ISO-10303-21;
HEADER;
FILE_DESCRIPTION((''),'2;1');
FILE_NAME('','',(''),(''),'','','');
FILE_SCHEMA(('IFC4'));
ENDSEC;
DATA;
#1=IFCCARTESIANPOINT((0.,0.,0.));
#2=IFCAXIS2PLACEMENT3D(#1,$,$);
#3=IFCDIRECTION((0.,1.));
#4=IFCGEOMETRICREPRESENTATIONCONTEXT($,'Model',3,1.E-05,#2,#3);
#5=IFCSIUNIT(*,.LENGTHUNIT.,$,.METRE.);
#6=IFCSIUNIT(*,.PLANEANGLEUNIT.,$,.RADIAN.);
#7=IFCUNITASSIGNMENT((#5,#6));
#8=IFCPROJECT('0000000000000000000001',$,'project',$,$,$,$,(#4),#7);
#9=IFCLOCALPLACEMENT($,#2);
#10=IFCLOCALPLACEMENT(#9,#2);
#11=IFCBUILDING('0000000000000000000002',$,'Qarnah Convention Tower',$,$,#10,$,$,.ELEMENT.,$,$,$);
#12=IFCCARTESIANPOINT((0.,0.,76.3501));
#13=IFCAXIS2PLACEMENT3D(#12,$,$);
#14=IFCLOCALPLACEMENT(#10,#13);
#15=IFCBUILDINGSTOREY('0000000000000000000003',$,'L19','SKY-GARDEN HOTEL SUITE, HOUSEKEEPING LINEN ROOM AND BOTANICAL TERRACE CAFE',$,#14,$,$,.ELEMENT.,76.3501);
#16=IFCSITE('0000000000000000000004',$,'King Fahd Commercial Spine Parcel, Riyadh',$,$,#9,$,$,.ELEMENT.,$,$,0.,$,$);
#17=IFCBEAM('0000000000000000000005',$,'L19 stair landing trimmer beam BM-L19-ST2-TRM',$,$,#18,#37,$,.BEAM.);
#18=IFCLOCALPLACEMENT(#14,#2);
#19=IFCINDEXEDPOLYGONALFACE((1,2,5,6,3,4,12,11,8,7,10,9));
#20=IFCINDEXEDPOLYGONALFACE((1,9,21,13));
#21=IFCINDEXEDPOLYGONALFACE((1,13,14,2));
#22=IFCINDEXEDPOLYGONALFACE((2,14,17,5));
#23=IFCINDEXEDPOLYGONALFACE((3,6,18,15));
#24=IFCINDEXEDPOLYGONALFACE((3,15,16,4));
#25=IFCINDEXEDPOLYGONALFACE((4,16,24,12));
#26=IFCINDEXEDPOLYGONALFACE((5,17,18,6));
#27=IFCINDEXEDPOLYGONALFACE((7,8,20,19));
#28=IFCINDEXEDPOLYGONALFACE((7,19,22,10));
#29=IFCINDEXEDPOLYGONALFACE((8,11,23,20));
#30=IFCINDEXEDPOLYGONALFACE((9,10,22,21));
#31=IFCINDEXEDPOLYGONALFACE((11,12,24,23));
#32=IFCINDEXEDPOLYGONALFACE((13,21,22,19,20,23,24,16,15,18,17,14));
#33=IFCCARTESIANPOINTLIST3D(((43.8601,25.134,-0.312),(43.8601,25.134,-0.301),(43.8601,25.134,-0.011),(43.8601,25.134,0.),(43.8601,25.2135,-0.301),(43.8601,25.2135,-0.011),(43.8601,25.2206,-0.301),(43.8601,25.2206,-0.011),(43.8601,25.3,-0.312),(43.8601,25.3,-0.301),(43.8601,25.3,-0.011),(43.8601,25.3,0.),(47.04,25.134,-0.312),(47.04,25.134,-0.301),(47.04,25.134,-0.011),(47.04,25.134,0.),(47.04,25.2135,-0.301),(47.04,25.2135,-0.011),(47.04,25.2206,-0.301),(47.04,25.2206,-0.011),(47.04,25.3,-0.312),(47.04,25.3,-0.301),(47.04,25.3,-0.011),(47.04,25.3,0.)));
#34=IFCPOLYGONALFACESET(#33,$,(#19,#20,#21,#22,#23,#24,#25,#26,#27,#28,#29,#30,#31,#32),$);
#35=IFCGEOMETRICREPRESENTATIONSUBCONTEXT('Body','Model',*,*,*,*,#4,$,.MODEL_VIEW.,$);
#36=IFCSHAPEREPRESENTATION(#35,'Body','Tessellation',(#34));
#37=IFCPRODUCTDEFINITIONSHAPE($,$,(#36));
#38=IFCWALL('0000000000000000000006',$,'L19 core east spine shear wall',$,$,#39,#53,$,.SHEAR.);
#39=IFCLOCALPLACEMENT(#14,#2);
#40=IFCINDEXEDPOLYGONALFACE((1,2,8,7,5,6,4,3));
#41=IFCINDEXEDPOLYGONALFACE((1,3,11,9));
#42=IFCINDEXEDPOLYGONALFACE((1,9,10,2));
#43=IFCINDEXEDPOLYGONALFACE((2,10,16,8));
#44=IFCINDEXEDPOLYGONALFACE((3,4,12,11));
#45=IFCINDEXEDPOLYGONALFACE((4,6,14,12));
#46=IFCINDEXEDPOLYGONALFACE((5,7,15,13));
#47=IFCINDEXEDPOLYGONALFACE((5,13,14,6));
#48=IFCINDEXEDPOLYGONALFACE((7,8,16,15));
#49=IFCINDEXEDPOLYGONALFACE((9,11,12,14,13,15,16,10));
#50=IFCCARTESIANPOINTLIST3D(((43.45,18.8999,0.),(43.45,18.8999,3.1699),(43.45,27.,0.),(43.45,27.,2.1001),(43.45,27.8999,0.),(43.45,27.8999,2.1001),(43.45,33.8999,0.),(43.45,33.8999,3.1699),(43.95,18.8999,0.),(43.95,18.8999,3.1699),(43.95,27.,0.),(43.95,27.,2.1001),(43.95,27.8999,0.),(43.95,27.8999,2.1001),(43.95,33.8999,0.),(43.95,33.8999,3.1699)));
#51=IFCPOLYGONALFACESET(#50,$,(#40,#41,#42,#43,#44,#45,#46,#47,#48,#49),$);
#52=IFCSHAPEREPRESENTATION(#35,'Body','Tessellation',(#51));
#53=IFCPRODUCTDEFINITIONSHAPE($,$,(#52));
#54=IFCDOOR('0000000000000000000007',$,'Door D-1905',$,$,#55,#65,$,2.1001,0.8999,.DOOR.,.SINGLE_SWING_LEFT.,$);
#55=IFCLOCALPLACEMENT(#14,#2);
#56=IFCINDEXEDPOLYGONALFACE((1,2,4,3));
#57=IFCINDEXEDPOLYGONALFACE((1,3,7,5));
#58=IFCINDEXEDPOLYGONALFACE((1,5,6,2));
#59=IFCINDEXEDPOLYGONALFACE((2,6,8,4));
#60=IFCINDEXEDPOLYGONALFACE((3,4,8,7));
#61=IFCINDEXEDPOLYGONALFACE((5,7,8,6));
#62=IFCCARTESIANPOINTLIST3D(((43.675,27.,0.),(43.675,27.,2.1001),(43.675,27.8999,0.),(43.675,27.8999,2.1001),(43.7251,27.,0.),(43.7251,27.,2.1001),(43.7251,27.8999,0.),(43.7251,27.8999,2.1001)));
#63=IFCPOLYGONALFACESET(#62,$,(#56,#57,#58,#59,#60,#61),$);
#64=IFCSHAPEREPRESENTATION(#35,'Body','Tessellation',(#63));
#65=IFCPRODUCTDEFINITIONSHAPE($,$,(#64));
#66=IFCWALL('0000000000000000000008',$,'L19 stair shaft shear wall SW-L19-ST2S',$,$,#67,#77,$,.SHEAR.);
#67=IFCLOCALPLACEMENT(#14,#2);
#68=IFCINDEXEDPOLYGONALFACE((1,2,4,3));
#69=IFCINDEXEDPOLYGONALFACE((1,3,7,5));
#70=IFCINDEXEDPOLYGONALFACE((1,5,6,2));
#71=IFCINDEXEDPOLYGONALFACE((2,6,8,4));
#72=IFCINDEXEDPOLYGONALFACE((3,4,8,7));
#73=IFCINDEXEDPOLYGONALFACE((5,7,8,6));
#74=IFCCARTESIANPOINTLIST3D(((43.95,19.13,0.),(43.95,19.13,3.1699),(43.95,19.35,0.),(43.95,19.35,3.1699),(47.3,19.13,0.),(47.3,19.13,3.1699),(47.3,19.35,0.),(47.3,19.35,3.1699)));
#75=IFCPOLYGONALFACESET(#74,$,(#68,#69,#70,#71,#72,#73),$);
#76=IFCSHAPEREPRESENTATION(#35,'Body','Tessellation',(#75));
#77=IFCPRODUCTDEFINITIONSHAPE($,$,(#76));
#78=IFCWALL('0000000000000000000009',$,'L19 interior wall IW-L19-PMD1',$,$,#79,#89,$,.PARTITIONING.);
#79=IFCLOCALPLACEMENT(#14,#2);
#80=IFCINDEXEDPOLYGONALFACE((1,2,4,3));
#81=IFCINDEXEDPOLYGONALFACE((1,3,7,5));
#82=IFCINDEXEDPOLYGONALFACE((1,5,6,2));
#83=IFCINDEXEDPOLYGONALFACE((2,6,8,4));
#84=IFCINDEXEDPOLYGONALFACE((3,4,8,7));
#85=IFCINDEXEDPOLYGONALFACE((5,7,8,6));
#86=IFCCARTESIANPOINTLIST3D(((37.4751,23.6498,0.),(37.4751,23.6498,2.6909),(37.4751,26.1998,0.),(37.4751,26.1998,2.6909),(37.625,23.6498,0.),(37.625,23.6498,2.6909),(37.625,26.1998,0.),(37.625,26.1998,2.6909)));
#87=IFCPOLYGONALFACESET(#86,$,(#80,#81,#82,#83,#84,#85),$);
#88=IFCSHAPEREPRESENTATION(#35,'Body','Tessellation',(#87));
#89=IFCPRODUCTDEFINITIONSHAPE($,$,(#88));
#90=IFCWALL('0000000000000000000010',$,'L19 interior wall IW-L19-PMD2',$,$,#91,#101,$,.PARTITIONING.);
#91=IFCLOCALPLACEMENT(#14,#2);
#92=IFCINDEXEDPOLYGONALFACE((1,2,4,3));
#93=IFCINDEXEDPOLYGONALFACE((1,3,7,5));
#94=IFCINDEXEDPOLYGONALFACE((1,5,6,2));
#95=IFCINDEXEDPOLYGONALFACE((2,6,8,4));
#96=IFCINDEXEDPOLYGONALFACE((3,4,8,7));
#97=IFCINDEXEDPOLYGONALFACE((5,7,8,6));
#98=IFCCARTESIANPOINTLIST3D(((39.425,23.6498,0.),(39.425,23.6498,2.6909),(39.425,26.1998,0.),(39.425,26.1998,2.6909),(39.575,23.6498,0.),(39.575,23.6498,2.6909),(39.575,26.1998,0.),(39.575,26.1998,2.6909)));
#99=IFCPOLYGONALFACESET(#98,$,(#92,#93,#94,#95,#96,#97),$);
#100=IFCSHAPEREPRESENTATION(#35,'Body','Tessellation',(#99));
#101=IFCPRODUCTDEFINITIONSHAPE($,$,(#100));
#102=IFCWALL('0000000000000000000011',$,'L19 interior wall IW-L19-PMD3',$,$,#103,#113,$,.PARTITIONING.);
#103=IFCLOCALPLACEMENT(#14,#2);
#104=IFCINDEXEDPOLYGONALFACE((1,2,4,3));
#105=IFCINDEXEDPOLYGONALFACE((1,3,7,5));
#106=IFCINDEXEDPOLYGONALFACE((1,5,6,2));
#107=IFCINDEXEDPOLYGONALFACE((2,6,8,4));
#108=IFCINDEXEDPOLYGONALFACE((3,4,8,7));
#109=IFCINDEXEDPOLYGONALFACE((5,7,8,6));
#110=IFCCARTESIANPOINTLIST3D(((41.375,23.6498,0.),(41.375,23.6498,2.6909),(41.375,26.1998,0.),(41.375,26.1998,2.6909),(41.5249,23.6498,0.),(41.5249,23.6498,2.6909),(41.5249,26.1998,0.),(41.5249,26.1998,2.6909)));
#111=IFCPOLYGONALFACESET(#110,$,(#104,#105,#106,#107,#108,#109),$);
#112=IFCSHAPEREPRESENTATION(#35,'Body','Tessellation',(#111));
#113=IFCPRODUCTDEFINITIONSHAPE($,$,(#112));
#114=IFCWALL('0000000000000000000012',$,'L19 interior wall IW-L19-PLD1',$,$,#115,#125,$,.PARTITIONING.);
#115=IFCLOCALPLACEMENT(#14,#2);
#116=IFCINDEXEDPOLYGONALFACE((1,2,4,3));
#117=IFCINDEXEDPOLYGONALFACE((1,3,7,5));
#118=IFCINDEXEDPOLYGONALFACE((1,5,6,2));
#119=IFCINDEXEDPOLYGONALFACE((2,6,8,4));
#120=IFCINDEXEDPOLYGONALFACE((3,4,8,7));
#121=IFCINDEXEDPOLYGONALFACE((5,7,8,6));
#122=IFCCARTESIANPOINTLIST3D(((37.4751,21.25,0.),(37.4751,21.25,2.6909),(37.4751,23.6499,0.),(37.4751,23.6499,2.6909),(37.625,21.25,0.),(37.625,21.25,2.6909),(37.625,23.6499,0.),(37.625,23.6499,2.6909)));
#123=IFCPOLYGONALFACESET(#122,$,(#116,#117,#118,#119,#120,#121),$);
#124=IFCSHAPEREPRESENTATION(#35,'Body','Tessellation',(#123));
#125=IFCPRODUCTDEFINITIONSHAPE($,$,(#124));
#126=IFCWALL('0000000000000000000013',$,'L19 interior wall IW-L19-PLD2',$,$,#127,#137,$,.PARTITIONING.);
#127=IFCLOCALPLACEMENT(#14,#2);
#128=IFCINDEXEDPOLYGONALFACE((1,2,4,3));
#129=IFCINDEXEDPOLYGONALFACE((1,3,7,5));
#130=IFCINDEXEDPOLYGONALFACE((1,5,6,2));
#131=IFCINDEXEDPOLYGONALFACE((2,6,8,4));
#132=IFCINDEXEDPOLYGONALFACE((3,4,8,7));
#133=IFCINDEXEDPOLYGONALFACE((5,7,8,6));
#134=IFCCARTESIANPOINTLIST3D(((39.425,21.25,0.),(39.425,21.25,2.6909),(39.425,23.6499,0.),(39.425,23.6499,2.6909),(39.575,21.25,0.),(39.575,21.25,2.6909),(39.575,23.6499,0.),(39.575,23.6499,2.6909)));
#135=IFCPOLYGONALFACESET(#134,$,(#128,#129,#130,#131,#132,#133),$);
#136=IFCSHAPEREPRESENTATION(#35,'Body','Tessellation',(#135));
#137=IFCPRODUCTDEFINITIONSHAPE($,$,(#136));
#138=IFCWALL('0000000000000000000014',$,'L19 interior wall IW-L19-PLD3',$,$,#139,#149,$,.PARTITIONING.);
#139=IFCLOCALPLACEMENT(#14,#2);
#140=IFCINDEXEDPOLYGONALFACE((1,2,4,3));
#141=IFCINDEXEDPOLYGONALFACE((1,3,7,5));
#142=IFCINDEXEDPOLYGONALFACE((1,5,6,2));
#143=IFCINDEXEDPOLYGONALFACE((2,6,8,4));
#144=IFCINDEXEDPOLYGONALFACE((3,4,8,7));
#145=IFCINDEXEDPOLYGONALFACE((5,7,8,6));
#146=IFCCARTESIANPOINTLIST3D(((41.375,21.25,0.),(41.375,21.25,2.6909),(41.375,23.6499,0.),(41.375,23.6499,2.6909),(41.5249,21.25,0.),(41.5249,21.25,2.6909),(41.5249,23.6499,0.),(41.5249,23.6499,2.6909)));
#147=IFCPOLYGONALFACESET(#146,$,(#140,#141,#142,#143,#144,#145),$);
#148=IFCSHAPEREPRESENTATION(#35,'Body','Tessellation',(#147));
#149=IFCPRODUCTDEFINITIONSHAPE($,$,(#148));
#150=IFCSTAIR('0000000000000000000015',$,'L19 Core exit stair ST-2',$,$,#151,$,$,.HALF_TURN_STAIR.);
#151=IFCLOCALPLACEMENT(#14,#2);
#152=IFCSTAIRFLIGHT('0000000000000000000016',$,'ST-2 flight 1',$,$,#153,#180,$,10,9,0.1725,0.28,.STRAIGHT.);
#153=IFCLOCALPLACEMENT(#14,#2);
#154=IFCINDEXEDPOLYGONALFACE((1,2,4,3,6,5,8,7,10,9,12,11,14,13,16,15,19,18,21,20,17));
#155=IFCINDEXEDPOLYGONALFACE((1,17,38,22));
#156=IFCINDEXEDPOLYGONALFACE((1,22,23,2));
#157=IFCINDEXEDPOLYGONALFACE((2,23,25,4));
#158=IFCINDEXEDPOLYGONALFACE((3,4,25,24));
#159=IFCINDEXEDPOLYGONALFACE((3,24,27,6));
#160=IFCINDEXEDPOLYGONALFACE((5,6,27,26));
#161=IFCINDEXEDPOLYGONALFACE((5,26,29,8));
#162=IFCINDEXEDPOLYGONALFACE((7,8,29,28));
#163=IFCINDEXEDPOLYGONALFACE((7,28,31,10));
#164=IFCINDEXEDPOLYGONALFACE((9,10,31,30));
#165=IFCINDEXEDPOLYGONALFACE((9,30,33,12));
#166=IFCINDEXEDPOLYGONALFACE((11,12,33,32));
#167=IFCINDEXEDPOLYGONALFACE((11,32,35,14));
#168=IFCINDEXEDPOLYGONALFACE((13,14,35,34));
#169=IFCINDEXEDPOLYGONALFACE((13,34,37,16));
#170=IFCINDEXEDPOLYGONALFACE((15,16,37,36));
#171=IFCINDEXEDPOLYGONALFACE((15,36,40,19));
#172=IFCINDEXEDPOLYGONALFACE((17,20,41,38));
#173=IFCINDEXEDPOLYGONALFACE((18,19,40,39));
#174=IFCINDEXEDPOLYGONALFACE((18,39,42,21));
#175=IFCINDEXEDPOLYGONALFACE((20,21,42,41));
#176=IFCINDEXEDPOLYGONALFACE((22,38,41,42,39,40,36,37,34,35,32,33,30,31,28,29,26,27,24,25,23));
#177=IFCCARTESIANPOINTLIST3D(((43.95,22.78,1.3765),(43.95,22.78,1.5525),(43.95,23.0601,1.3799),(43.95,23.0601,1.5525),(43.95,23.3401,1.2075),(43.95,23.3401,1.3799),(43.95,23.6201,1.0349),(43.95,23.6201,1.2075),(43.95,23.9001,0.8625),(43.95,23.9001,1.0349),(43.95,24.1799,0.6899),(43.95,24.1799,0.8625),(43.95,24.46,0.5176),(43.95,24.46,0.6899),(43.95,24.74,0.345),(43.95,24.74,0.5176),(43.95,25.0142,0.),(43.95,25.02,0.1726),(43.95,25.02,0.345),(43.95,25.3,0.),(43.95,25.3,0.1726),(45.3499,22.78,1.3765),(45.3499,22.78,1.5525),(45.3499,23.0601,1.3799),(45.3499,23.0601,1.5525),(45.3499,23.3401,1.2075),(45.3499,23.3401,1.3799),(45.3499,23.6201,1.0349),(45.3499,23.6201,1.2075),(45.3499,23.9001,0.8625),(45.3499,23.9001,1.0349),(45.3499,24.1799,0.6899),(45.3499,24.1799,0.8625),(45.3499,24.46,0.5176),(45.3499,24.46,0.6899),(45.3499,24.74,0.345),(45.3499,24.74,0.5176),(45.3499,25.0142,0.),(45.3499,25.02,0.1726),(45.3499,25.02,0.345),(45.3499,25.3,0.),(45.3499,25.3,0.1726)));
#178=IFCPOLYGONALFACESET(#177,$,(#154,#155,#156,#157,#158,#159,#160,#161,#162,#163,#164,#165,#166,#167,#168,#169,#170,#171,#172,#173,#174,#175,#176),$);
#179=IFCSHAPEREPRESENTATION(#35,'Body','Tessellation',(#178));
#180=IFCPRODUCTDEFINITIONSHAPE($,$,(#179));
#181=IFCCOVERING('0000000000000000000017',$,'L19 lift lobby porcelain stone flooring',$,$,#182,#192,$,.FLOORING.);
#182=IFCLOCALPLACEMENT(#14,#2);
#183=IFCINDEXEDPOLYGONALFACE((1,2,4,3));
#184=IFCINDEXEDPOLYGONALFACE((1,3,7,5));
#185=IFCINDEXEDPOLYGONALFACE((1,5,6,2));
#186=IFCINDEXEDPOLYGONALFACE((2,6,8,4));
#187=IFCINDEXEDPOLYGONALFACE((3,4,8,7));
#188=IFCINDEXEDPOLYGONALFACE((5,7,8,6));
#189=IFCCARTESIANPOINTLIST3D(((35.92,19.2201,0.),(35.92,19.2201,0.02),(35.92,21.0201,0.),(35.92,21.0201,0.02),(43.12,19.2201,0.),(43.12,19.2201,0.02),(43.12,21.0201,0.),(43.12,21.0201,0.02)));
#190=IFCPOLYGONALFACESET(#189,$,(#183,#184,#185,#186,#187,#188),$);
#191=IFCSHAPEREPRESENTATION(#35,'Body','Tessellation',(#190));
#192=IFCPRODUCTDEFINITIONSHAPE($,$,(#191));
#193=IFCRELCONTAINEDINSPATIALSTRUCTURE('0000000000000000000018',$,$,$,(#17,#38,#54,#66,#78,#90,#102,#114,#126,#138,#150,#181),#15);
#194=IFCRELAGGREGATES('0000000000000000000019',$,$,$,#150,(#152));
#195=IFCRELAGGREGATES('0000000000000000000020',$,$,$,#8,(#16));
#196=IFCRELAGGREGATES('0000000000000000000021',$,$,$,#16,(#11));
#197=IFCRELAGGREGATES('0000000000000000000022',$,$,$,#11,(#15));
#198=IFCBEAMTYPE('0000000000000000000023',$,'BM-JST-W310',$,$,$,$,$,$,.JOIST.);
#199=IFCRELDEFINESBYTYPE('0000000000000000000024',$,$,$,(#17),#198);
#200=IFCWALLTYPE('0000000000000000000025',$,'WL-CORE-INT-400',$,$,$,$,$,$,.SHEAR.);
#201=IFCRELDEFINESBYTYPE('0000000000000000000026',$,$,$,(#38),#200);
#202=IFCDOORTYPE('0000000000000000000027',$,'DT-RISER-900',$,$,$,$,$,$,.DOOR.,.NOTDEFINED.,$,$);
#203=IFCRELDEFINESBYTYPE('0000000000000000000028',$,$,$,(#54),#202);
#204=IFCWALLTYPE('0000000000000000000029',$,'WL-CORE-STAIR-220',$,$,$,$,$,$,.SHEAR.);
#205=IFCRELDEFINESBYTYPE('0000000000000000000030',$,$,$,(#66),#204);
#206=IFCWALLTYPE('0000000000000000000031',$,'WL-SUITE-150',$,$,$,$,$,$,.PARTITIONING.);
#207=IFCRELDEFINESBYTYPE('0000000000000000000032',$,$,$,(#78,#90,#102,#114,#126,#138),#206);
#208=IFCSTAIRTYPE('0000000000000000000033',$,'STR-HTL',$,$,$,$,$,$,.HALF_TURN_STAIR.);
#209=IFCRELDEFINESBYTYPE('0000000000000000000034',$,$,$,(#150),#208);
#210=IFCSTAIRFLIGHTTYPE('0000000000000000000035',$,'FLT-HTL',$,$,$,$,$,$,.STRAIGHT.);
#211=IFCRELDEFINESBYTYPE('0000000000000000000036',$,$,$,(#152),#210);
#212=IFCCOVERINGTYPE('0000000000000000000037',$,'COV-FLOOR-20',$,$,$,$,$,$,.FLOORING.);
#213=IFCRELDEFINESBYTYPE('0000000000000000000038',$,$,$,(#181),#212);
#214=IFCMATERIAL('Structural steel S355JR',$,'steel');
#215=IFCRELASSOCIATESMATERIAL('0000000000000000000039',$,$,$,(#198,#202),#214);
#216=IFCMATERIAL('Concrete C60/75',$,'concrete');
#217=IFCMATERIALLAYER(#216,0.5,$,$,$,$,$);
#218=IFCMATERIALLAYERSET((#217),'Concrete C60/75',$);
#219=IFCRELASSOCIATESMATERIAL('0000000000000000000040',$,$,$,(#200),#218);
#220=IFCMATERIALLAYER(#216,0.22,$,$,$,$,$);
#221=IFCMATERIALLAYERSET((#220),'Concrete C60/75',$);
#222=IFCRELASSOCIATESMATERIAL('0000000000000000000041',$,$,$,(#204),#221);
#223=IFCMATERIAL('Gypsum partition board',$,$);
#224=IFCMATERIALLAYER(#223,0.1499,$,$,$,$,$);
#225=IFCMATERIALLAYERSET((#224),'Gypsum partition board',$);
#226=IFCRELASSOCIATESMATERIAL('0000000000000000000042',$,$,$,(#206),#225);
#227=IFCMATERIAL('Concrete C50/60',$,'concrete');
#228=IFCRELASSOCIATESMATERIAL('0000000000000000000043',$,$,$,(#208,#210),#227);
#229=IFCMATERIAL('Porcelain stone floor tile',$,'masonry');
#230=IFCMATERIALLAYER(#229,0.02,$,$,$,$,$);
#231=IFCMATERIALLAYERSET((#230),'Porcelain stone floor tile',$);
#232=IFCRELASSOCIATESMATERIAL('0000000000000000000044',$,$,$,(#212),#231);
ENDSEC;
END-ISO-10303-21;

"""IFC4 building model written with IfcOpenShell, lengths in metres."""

from ifc_helpers import new_model, si_unit, direction, frame, frame_2d, origin, origin_2d, place, context, subcontext, project, spatial, polyline, rectangle, i_section, outline, extrude, material, layer, layer_set, material_profile, profile_set, type_object, element, fill, aggregate, save


model = new_model("IFC4")

# Units and contexts
model_context = context("Model", 3, precision=1e-05, world=origin(), true_north=direction((0.0, 1.0)))
body_context = subcontext(model_context, "Body", "Model", "MODEL_VIEW")
ifc_project = project(units=[si_unit("LENGTHUNIT", "METRE"), si_unit("PLANEANGLEUNIT", "RADIAN")], contexts=[model_context])

# Site, building, storey
site_placement = place(None, origin())
site = spatial("IfcSite", under=ifc_project, at=site_placement, Name="King Fahd Commercial Spine Parcel, Riyadh", CompositionType="ELEMENT", RefElevation=0.0)
building_placement = place(site_placement, origin())
building = spatial("IfcBuilding", under=site, at=building_placement, Name="Qarnah Convention Tower", CompositionType="ELEMENT")
storey_placement = place(building_placement, frame((0.0, 0.0, 76.3501)))
storey = spatial("IfcBuildingStorey", under=building, at=storey_placement, Name="L19", Description="SKY-GARDEN HOTEL SUITE, HOUSEKEEPING LINEN ROOM AND BOTANICAL TERRACE CAFE", CompositionType="ELEMENT", Elevation=76.3501)

# Beam
ifc_material_1 = material(Name="Structural steel S355JR", Category="steel")
ifc_material_profile = material_profile(ifc_material_1, i_section(OverallWidth=0.166, OverallDepth=0.312, WebThickness=0.0071, FlangeThickness=0.011, at=origin_2d()), Name="W310X45")
ifc_profile_set = profile_set([ifc_material_profile], Name="Structural steel S355JR")
beam_type = type_object("IfcBeamType", Name="BM-JST-W310", PredefinedType="JOIST", material=ifc_profile_set)
beam_placement = place(storey_placement, frame((43.8601, 25.217, -0.156), z_axis=(1.0, 0.0, 0.0), x_axis=(0.0, 1.0, 0.0)))
element("IfcBeam", 1, at=beam_placement, inside=storey, type_object=beam_type, Name="L19 stair landing trimmer beam BM-L19-ST2-TRM", PredefinedType="BEAM", context=body_context, shape_type="SweptSolid", body=[
    extrude(i_section(OverallWidth=0.166, OverallDepth=0.312, WebThickness=0.0071, FlangeThickness=0.011, at=origin_2d()), origin(), (0.0, 0.0, 1.0), 3.1799),
])

# Wall, opening, door
ifc_material_2 = material(Name="Concrete C60/75", Category="concrete")
ifc_layer_1 = layer(ifc_material_2, 0.5)
ifc_layer_set_1 = layer_set([ifc_layer_1], Name="Concrete C60/75")
wall_type_1 = type_object("IfcWallType", Name="WL-CORE-INT-400", PredefinedType="SHEAR", material=ifc_layer_set_1)
wall_1_placement = place(storey_placement, frame((43.7, 18.8999, 0.0), z_axis=(0.0, 0.0, 1.0), x_axis=(0.0, 1.0, 0.0)))
wall_1 = element("IfcWall", 2, at=wall_1_placement, inside=storey, type_object=wall_type_1, Name="L19 core east spine shear wall", PredefinedType="SHEAR", context=body_context, shape_type="SweptSolid", body=[
    extrude(rectangle(XDim=15.0, YDim=0.5, at=frame_2d((7.5, 0.0))), origin(), (0.0, 0.0, 1.0), 3.1699),
])
opening_placement = place(wall_1_placement, frame((8.1001, 0.0, 0.0)))
opening = element("IfcOpeningElement", 3, at=opening_placement, cuts=wall_1, PredefinedType="OPENING", context=body_context, shape_type="SweptSolid", body=[
    extrude(rectangle(XDim=0.8999, YDim=2.1001, at=frame_2d((0.45, 1.05))), frame((0.0, 0.26, 0.0), z_axis=(0.0, -1.0, 0.0), x_axis=(1.0, 0.0, 0.0)), (0.0, 0.0, 1.0), 0.52),
])
door_type = type_object("IfcDoorType", Name="DT-RISER-900", OperationType="NOTDEFINED", PredefinedType="DOOR", material=ifc_material_1)
door_placement = place(opening_placement, origin())
door = element("IfcDoor", 4, at=door_placement, inside=storey, type_object=door_type, Name="Door D-1905", OperationType="SINGLE_SWING_LEFT", OverallHeight=2.1001, OverallWidth=0.8999, PredefinedType="DOOR", context=body_context, shape_type="SweptSolid", body=[
    extrude(rectangle(XDim=0.8999, YDim=2.1001, at=frame_2d((0.45, 1.05))), frame((0.0, 0.0249, 0.0), z_axis=(0.0, -1.0, 0.0), x_axis=(1.0, 0.0, 0.0)), (0.0, 0.0, 1.0), 0.05),
])
fill(opening, door)

# Walls
ifc_layer_2 = layer(ifc_material_2, 0.22)
ifc_layer_set_2 = layer_set([ifc_layer_2], Name="Concrete C60/75")
wall_type_2 = type_object("IfcWallType", Name="WL-CORE-STAIR-220", PredefinedType="SHEAR", material=ifc_layer_set_2)
wall_2_placement = place(storey_placement, frame((43.95, 19.24, 0.0), z_axis=(0.0, 0.0, 1.0), x_axis=(1.0, 0.0, 0.0)))
element("IfcWall", 5, at=wall_2_placement, inside=storey, type_object=wall_type_2, Name="L19 stair shaft shear wall SW-L19-ST2S", PredefinedType="SHEAR", context=body_context, shape_type="SweptSolid", body=[
    extrude(rectangle(XDim=3.3501, YDim=0.22, at=frame_2d((1.675, 0.0))), origin(), (0.0, 0.0, 1.0), 3.1699),
])
ifc_material_3 = material(Name="Gypsum partition board")
ifc_layer_3 = layer(ifc_material_3, 0.1499)
ifc_layer_set_3 = layer_set([ifc_layer_3], Name="Gypsum partition board")
wall_type_3 = type_object("IfcWallType", Name="WL-SUITE-150", PredefinedType="PARTITIONING", material=ifc_layer_set_3)
for number, where, z_axis, x_axis, name in (
    (6, (37.55, 23.6499, 0.0), (0.0, 0.0, 1.0), (0.0, 1.0, 0.0), "L19 interior wall IW-L19-PMD1"),
    (7, (39.5, 23.6499, 0.0), (0.0, 0.0, 1.0), (0.0, 1.0, 0.0), "L19 interior wall IW-L19-PMD2"),
    (8, (41.45, 23.6499, 0.0), (0.0, 0.0, 1.0), (0.0, 1.0, 0.0), "L19 interior wall IW-L19-PMD3"),
):
    element("IfcWall", number, at=place(storey_placement, frame(where, z_axis=z_axis, x_axis=x_axis)), inside=storey, type_object=wall_type_3, Name=name, PredefinedType="PARTITIONING", context=body_context, shape_type="SweptSolid", body=[
        extrude(rectangle(XDim=2.55, YDim=0.1499, at=frame_2d((1.2749, 0.0))), origin(), (0.0, 0.0, 1.0), 2.6909),
    ])
for number, where, z_axis, x_axis, name in (
    (9, (37.55, 21.25, 0.0), (0.0, 0.0, 1.0), (0.0, 1.0, 0.0), "L19 interior wall IW-L19-PLD1"),
    (10, (39.5, 21.25, 0.0), (0.0, 0.0, 1.0), (0.0, 1.0, 0.0), "L19 interior wall IW-L19-PLD2"),
    (11, (41.45, 21.25, 0.0), (0.0, 0.0, 1.0), (0.0, 1.0, 0.0), "L19 interior wall IW-L19-PLD3"),
):
    element("IfcWall", number, at=place(storey_placement, frame(where, z_axis=z_axis, x_axis=x_axis)), inside=storey, type_object=wall_type_3, Name=name, PredefinedType="PARTITIONING", context=body_context, shape_type="SweptSolid", body=[
        extrude(rectangle(XDim=2.3999, YDim=0.1499, at=frame_2d((1.2, 0.0))), origin(), (0.0, 0.0, 1.0), 2.6909),
    ])

# Stair, stair flight
ifc_material_4 = material(Name="Concrete C50/60", Category="concrete")
stair_type = type_object("IfcStairType", Name="STR-HTL", PredefinedType="HALF_TURN_STAIR", material=ifc_material_4)
stair_placement = place(storey_placement, origin())
stair = element("IfcStair", 12, at=stair_placement, inside=storey, type_object=stair_type, Name="L19 Core exit stair ST-2", PredefinedType="HALF_TURN_STAIR")
stair_flight_type = type_object("IfcStairFlightType", Name="FLT-HTL", PredefinedType="STRAIGHT", material=ifc_material_4)
stair_flight_placement = place(storey_placement, frame((44.6499, 25.3, 0.0), z_axis=(0.0, 0.0, 1.0), x_axis=(0.0, -1.0, 0.0)))
stair_flight = element("IfcStairFlight", 13, at=stair_flight_placement, type_object=stair_flight_type, Name="ST-2 flight 1", NumberOfRisers=10, NumberOfTreads=9, PredefinedType="STRAIGHT", RiserHeight=0.1725, TreadLength=0.28, context=body_context, shape_type="SweptSolid", body=[
    extrude(outline(polyline([(0.0, 0.0), (0.0, 0.1726), (0.28, 0.1726), (0.28, 0.345), (0.5601, 0.345), (0.5601, 0.5176), (0.8401, 0.5176), (0.8401, 0.6899), (1.1201, 0.6899), (1.1201, 0.8625), (1.3999, 0.8625), (1.3999, 1.0349), (1.6799, 1.0349), (1.6799, 1.2075), (1.96, 1.2075), (1.96, 1.3799), (2.24, 1.3799), (2.24, 1.5525), (2.52, 1.5525), (2.52, 1.7251), (2.52, 1.3765), (0.2859, 0.0), (0.0, 0.0)])), frame((0.0, 0.7, 0.0), z_axis=(0.0, -1.0, 0.0), x_axis=(1.0, 0.0, 0.0)), (0.0, 0.0, 1.0), 1.3999),
])
aggregate(stair, [stair_flight])

# Covering
ifc_material_5 = material(Name="Porcelain stone floor tile", Category="masonry")
ifc_layer_4 = layer(ifc_material_5, 0.02)
ifc_layer_set_4 = layer_set([ifc_layer_4], Name="Porcelain stone floor tile")
covering_type = type_object("IfcCoveringType", Name="COV-FLOOR-20", PredefinedType="FLOORING", material=ifc_layer_set_4)
covering_placement = place(storey_placement, frame((39.52, 20.1201, 0.0), z_axis=(0.0, 0.0, 1.0), x_axis=(1.0, 0.0, 0.0)))
element("IfcCovering", 14, at=covering_placement, inside=storey, type_object=covering_type, Name="L19 lift lobby porcelain stone flooring", PredefinedType="FLOORING", context=body_context, shape_type="SweptSolid", body=[
    extrude(rectangle(XDim=7.2, YDim=1.8, at=origin_2d()), origin(), (0.0, 0.0, 1.0), 0.02),
])

save(model, "model.ifc")
